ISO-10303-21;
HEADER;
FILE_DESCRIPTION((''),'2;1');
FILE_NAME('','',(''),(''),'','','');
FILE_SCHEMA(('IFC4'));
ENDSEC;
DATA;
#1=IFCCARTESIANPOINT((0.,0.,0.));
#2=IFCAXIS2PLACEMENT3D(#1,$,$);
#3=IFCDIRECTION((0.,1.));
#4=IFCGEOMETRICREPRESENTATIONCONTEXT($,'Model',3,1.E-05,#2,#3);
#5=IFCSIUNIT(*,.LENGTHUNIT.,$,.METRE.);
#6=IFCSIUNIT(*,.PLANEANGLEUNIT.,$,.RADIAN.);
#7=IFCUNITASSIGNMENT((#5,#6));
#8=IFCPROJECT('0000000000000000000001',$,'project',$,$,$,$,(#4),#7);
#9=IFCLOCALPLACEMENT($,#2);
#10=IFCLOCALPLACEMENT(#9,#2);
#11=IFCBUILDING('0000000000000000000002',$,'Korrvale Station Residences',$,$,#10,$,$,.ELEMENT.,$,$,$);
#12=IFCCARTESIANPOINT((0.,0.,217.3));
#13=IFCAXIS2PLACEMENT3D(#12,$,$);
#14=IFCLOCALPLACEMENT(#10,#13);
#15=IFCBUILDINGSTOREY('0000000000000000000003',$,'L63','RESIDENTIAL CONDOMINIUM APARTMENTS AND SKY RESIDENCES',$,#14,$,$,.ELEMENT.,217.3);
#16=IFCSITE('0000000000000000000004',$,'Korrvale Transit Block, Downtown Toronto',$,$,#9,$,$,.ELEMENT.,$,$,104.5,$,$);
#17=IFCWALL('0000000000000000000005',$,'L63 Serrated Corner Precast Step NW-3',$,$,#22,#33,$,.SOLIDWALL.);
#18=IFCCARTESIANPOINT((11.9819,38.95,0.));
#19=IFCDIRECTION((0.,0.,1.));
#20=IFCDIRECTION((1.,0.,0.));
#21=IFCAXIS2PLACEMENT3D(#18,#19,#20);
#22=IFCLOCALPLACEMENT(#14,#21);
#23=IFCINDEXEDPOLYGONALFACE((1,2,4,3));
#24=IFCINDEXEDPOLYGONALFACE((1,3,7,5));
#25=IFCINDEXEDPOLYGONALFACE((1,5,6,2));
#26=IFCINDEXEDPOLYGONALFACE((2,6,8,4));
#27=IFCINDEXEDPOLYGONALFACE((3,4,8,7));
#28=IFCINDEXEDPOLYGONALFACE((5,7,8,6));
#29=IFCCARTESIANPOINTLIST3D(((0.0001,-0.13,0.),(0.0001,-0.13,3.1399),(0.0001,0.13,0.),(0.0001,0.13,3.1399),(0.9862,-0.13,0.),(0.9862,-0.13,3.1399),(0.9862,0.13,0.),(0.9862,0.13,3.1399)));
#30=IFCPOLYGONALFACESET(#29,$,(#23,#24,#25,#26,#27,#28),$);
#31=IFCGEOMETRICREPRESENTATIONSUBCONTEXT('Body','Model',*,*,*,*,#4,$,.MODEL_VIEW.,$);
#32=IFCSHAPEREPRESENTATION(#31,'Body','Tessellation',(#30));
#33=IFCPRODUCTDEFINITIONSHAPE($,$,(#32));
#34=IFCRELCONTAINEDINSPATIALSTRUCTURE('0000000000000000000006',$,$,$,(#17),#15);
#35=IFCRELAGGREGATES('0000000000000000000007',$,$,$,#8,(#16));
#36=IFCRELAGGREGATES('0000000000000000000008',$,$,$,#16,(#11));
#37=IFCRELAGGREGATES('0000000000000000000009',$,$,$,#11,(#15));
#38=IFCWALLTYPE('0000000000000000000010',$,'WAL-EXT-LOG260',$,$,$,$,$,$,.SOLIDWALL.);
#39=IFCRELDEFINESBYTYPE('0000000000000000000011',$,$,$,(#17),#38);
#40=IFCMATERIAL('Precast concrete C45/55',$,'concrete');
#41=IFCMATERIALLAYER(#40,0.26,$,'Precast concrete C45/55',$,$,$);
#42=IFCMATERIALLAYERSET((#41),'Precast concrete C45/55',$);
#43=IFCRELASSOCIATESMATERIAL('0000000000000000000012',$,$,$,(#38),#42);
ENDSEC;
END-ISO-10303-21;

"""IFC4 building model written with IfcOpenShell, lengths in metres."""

from ifc_helpers import new_model, si_unit, direction, frame, frame_2d, origin, place, context, subcontext, project, spatial, rectangle, extrude, material, layer, layer_set, type_object, element, save


model = new_model("IFC4")

# Units and contexts
model_context = context("Model", 3, precision=1e-05, world=origin(), true_north=direction((0.0, 1.0)))
body_context = subcontext(model_context, "Body", "Model", "MODEL_VIEW")
ifc_project = project(units=[si_unit("LENGTHUNIT", "METRE"), si_unit("PLANEANGLEUNIT", "RADIAN")], contexts=[model_context])

# Site, building, storey
site_placement = place(None, origin())
site = spatial("IfcSite", under=ifc_project, at=site_placement, Name="Korrvale Transit Block, Downtown Toronto", CompositionType="ELEMENT", RefElevation=104.5)
building_placement = place(site_placement, origin())
building = spatial("IfcBuilding", under=site, at=building_placement, Name="Korrvale Station Residences", CompositionType="ELEMENT")
storey_placement = place(building_placement, frame((0.0, 0.0, 217.3)))
storey = spatial("IfcBuildingStorey", under=building, at=storey_placement, Name="L63", Description="RESIDENTIAL CONDOMINIUM APARTMENTS AND SKY RESIDENCES", CompositionType="ELEMENT", Elevation=217.3)

# Wall
ifc_material_1 = material(Name="Precast concrete C45/55", Category="concrete")
ifc_layer_1 = layer(ifc_material_1, 0.26, Name="Precast concrete C45/55")
ifc_layer_set_1 = layer_set([ifc_layer_1], Name="Precast concrete C45/55")
wall_type_1 = type_object("IfcWallType", Name="WAL-EXT-LOG260", PredefinedType="SOLIDWALL", material=ifc_layer_set_1)
wall_1_placement = place(storey_placement, frame((11.9819, 38.95, 0.0), z_axis=(0.0, 0.0, 1.0), x_axis=(1.0, 0.0, 0.0)))
element("IfcWall", 1, at=wall_1_placement, inside=storey, type_object=wall_type_1, Name="L63 Serrated Corner Precast Step NW-3", PredefinedType="SOLIDWALL", context=body_context, shape_type="SweptSolid", body=[
    extrude(rectangle(XDim=0.9861, YDim=0.26, at=frame_2d((0.4932, 0.0))), origin(), (0.0, 0.0, 1.0), 3.1399),
])

save(model, "model.ifc")
